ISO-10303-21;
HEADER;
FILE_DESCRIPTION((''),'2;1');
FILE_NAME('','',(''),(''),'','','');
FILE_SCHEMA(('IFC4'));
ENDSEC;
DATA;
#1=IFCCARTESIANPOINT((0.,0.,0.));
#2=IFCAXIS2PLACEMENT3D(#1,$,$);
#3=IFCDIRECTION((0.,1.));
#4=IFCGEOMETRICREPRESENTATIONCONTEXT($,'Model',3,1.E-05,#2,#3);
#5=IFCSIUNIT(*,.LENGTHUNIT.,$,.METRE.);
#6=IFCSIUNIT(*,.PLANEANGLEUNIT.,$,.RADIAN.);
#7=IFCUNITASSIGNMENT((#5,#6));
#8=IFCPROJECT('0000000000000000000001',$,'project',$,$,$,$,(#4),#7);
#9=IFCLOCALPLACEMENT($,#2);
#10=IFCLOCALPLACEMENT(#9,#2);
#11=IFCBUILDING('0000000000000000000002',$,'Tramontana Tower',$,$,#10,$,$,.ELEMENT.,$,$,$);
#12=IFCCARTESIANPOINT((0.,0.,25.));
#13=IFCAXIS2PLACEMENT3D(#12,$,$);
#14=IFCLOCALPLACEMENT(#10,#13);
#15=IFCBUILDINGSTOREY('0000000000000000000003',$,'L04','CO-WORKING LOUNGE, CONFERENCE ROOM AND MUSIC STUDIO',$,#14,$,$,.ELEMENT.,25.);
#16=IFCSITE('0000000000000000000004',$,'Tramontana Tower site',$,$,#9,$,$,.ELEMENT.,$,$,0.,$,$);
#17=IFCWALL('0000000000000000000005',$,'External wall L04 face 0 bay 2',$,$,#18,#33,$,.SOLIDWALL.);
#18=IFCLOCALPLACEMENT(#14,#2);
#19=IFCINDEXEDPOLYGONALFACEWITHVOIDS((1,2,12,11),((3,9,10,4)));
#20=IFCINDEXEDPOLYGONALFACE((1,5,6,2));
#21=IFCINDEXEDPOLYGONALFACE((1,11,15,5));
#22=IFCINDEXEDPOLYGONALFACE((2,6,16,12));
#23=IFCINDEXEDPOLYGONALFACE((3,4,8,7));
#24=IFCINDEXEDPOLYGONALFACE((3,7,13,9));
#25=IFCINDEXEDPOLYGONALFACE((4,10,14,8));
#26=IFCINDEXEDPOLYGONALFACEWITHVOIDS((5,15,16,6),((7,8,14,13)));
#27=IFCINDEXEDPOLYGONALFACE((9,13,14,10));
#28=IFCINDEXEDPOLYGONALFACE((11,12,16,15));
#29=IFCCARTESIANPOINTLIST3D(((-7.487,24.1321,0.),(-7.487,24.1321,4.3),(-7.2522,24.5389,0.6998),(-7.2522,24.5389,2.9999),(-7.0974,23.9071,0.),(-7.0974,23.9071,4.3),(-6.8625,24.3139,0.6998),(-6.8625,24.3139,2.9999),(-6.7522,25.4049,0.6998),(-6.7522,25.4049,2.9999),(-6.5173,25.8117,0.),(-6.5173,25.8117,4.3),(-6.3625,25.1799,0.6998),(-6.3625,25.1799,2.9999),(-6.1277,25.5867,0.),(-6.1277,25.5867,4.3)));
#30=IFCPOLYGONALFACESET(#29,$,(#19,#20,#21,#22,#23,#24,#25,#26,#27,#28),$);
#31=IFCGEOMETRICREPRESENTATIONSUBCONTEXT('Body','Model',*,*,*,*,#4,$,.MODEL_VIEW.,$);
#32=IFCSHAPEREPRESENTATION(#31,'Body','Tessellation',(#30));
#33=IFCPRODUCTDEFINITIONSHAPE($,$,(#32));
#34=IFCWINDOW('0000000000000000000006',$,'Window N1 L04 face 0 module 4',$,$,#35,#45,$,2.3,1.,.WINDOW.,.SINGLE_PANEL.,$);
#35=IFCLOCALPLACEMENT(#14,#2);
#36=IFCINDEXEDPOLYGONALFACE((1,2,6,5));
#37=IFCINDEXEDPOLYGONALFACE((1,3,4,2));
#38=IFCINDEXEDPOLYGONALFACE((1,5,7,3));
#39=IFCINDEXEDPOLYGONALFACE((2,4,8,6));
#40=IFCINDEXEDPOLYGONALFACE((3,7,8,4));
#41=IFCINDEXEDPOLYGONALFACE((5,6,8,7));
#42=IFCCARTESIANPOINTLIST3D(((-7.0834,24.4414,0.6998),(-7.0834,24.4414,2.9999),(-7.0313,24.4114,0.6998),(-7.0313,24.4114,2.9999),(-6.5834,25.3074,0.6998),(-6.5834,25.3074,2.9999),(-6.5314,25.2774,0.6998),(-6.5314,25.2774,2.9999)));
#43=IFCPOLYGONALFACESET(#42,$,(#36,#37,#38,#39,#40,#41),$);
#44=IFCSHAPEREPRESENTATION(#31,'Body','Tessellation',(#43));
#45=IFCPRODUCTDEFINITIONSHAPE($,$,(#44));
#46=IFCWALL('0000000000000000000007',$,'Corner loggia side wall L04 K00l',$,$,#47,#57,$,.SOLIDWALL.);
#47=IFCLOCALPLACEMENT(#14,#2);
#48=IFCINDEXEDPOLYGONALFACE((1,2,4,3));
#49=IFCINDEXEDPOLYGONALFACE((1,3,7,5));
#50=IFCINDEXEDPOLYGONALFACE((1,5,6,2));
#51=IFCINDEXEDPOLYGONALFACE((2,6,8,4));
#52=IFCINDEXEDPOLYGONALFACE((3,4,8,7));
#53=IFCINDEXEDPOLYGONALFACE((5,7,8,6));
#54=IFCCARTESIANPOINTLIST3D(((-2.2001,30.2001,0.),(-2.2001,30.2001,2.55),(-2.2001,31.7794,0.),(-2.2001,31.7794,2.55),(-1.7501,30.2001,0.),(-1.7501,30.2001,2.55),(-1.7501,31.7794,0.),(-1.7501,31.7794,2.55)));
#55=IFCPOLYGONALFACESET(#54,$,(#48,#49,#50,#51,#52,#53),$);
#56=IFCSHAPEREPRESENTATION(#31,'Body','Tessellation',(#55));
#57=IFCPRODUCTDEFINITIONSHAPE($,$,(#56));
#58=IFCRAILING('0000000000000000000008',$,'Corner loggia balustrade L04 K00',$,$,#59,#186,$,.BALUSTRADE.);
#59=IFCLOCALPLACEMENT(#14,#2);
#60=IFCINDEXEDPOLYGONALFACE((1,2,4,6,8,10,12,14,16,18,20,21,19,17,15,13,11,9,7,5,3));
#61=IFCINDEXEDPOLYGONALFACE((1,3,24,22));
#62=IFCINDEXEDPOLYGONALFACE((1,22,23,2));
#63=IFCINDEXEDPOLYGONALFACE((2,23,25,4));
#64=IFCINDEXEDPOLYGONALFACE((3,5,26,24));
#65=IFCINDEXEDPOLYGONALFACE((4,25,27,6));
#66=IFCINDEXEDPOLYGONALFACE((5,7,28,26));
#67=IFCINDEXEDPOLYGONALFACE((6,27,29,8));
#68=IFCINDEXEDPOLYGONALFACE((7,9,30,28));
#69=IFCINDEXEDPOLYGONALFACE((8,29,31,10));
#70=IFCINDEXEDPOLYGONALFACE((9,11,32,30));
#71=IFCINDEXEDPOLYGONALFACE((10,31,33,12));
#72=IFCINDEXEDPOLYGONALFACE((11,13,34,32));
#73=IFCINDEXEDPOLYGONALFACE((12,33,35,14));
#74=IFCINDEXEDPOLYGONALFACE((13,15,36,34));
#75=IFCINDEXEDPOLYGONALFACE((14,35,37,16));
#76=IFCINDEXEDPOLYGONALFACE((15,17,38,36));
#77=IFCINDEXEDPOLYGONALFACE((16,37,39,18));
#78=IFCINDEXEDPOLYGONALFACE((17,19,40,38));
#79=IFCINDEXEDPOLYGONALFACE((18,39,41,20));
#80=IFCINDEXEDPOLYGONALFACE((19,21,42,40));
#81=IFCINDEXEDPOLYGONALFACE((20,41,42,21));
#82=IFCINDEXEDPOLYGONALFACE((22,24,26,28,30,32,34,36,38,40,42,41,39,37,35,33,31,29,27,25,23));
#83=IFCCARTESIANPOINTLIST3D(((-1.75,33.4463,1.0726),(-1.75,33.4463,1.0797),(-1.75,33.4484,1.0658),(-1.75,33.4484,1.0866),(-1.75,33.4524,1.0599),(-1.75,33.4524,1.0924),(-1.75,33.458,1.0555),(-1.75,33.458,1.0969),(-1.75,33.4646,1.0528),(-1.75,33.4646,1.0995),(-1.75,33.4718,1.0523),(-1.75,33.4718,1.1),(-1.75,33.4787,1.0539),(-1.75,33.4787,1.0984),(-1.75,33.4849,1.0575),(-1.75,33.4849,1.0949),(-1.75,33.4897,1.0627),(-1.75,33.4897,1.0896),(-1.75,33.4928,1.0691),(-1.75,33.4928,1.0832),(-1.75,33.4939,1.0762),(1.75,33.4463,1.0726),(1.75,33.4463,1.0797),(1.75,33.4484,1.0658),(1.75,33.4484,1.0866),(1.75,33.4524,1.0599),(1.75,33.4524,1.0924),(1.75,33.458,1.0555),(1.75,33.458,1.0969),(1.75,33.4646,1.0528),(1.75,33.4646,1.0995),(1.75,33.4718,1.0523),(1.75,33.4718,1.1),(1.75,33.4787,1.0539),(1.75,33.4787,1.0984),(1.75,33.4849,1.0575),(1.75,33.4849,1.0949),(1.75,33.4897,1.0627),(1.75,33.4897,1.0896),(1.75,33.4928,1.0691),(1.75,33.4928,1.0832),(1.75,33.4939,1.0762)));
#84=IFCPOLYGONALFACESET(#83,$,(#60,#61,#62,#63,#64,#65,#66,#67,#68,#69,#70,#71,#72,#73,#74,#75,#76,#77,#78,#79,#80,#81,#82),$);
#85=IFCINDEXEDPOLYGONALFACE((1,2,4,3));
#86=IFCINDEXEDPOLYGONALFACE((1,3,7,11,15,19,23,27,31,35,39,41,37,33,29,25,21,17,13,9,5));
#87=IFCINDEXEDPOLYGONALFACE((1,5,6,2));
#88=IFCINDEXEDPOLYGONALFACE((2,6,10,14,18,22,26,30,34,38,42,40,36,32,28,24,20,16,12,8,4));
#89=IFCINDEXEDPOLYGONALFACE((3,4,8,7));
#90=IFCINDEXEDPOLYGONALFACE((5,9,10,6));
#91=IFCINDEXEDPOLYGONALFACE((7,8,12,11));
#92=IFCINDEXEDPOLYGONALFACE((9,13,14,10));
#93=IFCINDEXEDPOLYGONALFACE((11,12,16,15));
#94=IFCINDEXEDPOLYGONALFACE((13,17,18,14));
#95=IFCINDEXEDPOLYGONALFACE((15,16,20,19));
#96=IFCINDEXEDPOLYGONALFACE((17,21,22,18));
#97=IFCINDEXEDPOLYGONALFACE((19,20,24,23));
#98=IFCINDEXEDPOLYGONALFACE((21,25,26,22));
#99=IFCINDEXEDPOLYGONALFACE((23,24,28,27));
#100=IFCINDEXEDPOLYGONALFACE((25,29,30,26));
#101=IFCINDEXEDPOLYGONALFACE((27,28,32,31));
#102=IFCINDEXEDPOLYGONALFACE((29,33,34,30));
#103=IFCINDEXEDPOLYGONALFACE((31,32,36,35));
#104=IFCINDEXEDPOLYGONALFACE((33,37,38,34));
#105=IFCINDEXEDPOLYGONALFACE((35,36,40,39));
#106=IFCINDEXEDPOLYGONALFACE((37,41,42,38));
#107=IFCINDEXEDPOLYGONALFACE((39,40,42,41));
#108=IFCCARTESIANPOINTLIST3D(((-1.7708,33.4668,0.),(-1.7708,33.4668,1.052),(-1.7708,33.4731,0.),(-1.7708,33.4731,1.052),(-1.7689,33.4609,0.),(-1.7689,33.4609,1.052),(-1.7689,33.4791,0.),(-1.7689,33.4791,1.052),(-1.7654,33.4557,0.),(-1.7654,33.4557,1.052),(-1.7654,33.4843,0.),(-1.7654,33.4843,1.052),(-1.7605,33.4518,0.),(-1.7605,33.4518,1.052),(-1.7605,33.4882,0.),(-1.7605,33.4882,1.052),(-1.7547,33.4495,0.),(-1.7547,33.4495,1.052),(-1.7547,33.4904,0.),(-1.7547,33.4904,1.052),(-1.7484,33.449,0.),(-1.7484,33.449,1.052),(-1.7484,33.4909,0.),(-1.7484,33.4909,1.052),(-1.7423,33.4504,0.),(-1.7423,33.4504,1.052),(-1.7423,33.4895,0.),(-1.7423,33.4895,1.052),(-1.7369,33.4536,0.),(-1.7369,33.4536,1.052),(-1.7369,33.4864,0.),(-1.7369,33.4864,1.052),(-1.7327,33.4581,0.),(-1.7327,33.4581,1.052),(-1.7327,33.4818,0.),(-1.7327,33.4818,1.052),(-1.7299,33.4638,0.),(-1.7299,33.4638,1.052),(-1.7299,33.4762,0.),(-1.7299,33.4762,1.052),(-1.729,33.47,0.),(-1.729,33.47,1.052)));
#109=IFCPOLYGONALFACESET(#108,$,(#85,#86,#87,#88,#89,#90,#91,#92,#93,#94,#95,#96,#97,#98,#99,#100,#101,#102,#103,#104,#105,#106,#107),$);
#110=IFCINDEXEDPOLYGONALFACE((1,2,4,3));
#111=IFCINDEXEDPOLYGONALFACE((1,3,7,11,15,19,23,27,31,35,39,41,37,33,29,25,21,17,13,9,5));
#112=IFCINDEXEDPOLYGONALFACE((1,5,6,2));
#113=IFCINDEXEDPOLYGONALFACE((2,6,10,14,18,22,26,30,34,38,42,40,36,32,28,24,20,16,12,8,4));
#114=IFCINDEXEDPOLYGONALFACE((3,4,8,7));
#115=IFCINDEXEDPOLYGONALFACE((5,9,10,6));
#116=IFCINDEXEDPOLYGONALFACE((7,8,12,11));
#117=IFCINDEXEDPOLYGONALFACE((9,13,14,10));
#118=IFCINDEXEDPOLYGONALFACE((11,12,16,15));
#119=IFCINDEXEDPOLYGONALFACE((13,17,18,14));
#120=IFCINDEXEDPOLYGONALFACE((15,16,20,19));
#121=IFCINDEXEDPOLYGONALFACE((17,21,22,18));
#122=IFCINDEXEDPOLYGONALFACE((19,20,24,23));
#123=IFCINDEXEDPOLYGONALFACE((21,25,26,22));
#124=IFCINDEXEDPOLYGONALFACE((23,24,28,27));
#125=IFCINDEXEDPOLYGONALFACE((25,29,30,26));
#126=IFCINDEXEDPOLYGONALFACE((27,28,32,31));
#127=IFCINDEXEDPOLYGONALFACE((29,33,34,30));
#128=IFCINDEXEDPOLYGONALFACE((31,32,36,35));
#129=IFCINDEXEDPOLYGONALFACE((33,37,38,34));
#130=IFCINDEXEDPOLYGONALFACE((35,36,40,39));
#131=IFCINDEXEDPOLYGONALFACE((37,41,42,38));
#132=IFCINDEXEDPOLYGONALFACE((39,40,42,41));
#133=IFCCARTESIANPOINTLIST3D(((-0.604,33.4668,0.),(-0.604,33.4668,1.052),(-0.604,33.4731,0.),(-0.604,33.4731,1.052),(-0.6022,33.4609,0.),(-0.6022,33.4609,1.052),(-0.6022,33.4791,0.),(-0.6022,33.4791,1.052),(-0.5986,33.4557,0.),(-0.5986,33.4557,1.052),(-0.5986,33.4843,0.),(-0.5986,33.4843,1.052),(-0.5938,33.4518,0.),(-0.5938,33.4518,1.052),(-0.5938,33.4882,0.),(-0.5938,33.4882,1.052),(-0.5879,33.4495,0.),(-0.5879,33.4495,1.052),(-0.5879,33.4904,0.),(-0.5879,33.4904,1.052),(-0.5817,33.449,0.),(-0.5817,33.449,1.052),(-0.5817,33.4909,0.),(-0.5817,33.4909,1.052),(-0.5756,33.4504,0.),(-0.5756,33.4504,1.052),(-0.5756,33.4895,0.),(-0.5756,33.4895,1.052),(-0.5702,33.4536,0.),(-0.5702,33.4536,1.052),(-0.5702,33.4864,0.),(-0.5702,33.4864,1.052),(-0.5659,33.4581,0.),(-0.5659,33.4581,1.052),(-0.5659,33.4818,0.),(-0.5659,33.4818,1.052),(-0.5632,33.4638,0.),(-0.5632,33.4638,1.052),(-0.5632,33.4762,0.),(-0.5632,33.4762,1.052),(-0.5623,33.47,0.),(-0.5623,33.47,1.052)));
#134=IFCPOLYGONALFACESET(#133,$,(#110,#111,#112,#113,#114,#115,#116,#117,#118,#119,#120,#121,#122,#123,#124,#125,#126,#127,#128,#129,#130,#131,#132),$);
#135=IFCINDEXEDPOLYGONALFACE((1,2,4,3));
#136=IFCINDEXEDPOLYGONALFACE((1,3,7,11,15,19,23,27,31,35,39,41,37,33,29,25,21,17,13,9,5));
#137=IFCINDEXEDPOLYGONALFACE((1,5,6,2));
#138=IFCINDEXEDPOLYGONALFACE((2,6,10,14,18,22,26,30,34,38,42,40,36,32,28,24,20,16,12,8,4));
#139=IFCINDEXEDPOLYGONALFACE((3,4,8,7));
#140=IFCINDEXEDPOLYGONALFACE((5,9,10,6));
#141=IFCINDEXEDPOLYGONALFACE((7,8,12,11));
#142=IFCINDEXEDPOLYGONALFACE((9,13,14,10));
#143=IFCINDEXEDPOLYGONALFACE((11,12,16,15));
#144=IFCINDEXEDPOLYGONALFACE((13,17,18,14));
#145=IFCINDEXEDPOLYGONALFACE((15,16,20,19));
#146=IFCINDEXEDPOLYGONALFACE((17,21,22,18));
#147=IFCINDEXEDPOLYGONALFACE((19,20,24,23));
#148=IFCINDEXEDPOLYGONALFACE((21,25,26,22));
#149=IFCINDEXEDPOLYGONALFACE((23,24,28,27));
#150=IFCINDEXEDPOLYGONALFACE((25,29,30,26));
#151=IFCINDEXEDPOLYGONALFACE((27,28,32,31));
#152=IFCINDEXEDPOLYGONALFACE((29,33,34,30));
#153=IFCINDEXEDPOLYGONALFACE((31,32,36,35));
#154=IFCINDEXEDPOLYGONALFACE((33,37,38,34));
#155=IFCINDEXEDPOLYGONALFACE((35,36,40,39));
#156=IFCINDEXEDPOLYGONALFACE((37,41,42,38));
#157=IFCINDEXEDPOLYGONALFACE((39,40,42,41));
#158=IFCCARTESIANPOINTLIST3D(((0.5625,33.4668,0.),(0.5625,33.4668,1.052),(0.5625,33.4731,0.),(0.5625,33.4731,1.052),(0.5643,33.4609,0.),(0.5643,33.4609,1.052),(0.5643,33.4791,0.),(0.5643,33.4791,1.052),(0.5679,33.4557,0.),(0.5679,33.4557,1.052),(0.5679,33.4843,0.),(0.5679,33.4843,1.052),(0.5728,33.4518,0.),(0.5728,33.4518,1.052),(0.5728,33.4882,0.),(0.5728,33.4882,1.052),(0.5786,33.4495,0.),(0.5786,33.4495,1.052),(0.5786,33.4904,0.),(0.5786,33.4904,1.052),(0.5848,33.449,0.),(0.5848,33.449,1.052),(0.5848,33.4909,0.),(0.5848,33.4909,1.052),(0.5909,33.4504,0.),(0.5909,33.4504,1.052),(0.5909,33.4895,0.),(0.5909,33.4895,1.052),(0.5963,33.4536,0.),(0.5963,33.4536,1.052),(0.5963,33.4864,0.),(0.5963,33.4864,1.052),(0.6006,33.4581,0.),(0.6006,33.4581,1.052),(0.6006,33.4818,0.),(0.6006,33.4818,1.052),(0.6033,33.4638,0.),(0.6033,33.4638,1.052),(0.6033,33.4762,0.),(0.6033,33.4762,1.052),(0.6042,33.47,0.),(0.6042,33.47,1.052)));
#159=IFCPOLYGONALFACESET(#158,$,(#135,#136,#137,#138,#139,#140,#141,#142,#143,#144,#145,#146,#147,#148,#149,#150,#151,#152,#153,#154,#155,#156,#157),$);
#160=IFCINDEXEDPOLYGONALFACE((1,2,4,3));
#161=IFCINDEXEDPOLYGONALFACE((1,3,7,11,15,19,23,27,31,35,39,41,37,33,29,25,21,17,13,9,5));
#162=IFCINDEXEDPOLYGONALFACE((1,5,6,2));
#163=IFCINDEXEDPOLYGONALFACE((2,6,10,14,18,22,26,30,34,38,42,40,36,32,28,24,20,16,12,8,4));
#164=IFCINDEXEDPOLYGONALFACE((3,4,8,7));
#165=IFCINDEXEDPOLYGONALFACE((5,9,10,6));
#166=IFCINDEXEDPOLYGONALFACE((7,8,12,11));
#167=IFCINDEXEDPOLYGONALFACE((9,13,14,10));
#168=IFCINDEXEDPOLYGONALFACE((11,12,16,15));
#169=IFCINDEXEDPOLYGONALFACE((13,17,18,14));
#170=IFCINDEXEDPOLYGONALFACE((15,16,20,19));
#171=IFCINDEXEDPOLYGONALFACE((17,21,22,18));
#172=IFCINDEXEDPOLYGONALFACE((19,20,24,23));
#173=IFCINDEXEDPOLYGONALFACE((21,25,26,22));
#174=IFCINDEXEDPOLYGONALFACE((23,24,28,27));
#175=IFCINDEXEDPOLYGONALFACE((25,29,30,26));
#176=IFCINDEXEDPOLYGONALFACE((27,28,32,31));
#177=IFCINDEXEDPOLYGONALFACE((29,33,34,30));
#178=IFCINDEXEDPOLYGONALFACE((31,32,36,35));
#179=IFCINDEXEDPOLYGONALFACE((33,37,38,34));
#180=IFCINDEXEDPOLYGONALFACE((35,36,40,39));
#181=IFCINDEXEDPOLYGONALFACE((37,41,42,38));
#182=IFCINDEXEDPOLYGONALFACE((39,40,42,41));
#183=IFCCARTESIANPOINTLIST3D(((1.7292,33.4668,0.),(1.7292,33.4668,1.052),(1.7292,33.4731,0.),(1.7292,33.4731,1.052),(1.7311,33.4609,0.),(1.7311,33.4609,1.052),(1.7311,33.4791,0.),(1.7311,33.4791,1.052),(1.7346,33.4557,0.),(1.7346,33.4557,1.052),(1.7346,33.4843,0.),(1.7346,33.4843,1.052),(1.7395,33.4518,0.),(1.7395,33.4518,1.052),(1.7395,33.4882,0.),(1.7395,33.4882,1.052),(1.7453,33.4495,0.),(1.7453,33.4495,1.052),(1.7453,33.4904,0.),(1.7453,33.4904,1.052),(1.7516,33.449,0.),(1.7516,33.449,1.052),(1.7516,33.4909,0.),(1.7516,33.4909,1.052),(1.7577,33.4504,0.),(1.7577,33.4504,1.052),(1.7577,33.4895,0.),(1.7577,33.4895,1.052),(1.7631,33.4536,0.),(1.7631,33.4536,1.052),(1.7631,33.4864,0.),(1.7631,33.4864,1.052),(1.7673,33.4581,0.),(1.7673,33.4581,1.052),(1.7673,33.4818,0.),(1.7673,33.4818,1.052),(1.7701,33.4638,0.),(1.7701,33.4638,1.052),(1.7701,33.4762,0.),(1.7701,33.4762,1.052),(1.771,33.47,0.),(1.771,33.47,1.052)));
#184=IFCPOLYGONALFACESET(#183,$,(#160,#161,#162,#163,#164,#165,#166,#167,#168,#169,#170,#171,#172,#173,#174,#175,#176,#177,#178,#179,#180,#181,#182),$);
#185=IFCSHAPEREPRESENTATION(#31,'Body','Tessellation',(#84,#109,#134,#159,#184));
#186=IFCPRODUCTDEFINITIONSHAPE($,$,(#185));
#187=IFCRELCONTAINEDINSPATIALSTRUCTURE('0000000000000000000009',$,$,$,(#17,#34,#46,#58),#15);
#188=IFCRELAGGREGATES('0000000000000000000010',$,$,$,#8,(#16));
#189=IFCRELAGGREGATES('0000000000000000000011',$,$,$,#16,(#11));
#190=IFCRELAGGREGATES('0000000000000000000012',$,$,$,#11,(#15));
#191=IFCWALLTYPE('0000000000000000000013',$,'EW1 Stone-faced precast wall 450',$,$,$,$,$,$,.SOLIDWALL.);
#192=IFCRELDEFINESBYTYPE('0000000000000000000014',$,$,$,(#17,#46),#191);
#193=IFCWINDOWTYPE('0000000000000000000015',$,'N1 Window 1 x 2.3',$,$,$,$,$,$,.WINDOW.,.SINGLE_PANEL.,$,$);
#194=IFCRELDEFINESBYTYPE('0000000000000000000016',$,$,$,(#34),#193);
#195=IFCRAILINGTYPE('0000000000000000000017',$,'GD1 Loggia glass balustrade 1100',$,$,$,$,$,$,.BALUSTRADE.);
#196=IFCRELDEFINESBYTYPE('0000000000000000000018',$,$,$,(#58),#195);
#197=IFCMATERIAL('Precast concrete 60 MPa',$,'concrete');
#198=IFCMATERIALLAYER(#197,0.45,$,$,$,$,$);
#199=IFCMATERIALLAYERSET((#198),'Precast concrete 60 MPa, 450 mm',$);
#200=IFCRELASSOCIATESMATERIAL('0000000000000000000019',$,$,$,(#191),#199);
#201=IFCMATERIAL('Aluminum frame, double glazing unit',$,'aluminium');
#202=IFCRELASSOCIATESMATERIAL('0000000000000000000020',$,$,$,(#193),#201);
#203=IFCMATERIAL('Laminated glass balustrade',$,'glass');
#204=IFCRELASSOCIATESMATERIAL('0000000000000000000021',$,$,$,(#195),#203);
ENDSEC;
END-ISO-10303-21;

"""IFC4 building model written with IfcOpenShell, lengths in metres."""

from ifc_helpers import new_model, si_unit, direction, frame, frame_2d, origin, origin_2d, place, context, subcontext, project, spatial, rectangle, circle, extrude, material, layer, layer_set, type_object, element, fill, save


model = new_model("IFC4")

# Units and contexts
model_context = context("Model", 3, precision=1e-05, world=origin(), true_north=direction((0.0, 1.0)))
body_context = subcontext(model_context, "Body", "Model", "MODEL_VIEW")
ifc_project = project(units=[si_unit("LENGTHUNIT", "METRE"), si_unit("PLANEANGLEUNIT", "RADIAN")], contexts=[model_context])

# Site, building, storey
site_placement = place(None, origin())
site = spatial("IfcSite", under=ifc_project, at=site_placement, Name="Tramontana Tower site", CompositionType="ELEMENT", RefElevation=0.0)
building_placement = place(site_placement, origin())
building = spatial("IfcBuilding", under=site, at=building_placement, Name="Tramontana Tower", CompositionType="ELEMENT")
storey_placement = place(building_placement, frame((0.0, 0.0, 25.0)))
storey = spatial("IfcBuildingStorey", under=building, at=storey_placement, Name="L04", Description="CO-WORKING LOUNGE, CONFERENCE ROOM AND MUSIC STUDIO", CompositionType="ELEMENT", Elevation=25.0)

# Shared definitions
ifc_material_1 = material(Name="Precast concrete 60 MPa", Category="concrete")
ifc_layer_1 = layer(ifc_material_1, 0.45)
ifc_layer_set_1 = layer_set([ifc_layer_1], Name="Precast concrete 60 MPa, 450 mm")
wall_type_1 = type_object("IfcWallType", Name="EW1 Stone-faced precast wall 450", PredefinedType="SOLIDWALL", material=ifc_layer_set_1)

# Wall, opening, window
wall_1_placement = place(storey_placement, frame((-6.3225, 25.6992, 0.0), z_axis=(0.0, 0.0, 1.0), x_axis=(-0.499984, -0.866035, 0.0)))
wall_1 = element("IfcWall", 1, at=wall_1_placement, inside=storey, type_object=wall_type_1, Name="External wall L04 face 0 bay 2", PredefinedType="SOLIDWALL", context=body_context, shape_type="SweptSolid", body=[
    extrude(rectangle(XDim=1.9395, YDim=0.45, at=frame_2d((0.9697, 0.0))), origin(), (0.0, 0.0, 1.0), 4.3),
])
opening_1_placement = place(wall_1_placement, frame((0.4697, 0.0, 0.7)))
opening_1 = element("IfcOpeningElement", 2, at=opening_1_placement, cuts=wall_1, PredefinedType="OPENING", context=body_context, shape_type="SweptSolid", body=[
    extrude(rectangle(XDim=1.0, YDim=2.3, at=frame_2d((0.5, 1.1499))), frame((0.0, 0.2349, 0.0), z_axis=(0.0, -1.0, 0.0), x_axis=(1.0, 0.0, 0.0)), (0.0, 0.0, 1.0), 0.47),
])
ifc_material_2 = material(Name="Aluminum frame, double glazing unit", Category="aluminium")
window_type_1 = type_object("IfcWindowType", Name="N1 Window 1 x 2.3", PartitioningType="SINGLE_PANEL", PredefinedType="WINDOW", material=ifc_material_2)
window_1_placement = place(opening_1_placement, origin())
window_1 = element("IfcWindow", 3, at=window_1_placement, inside=storey, type_object=window_type_1, Name="Window N1 L04 face 0 module 4", OverallHeight=2.3, OverallWidth=1.0, PartitioningType="SINGLE_PANEL", PredefinedType="WINDOW", context=body_context, shape_type="SweptSolid", body=[
    extrude(rectangle(XDim=1.0, YDim=2.3, at=frame_2d((0.5, 1.1499))), frame((0.0, 0.03, 0.0), z_axis=(0.0, -1.0, 0.0), x_axis=(1.0, 0.0, 0.0)), (0.0, 0.0, 1.0), 0.0601),
])
fill(opening_1, window_1)

# Wall
wall_2_placement = place(storey_placement, frame((-1.9751, 31.7793, 0.0), z_axis=(0.0, 0.0, 1.0), x_axis=(0.0, -1.0, 0.0)))
element("IfcWall", 4, at=wall_2_placement, inside=storey, type_object=wall_type_1, Name="Corner loggia side wall L04 K00l", PredefinedType="SOLIDWALL", context=body_context, shape_type="SweptSolid", body=[
    extrude(rectangle(XDim=1.5793, YDim=0.45, at=frame_2d((0.7896, 0.0))), origin(), (0.0, 0.0, 1.0), 2.55),
])

# Railing
ifc_material_3 = material(Name="Laminated glass balustrade", Category="glass")
railing_type = type_object("IfcRailingType", Name="GD1 Loggia glass balustrade 1100", PredefinedType="BALUSTRADE", material=ifc_material_3)
railing_placement = place(storey_placement, frame((-1.75, 33.47, 0.0)))
element("IfcRailing", 5, at=railing_placement, inside=storey, type_object=railing_type, Name="Corner loggia balustrade L04 K00", PredefinedType="BALUSTRADE", context=body_context, shape_type="SweptSolid", body=[
    extrude(circle(Radius=0.0239, at=origin_2d()), frame((0.0, 0.0, 1.0762), z_axis=(1.0, 0.0, 0.0), x_axis=(0.0, 1.0, 0.0)), (0.0, 0.0, 1.0), 3.5),
    extrude(circle(Radius=0.021, at=origin_2d()), origin(), (0.0, 0.0, 1.0), 1.052),
    extrude(circle(Radius=0.021, at=origin_2d()), frame((1.1667, 0.0, 0.0)), (0.0, 0.0, 1.0), 1.052),
    extrude(circle(Radius=0.021, at=origin_2d()), frame((2.3333, 0.0, 0.0)), (0.0, 0.0, 1.0), 1.052),
    extrude(circle(Radius=0.021, at=origin_2d()), frame((3.5, 0.0, 0.0)), (0.0, 0.0, 1.0), 1.052),
])

save(model, "model.ifc")
